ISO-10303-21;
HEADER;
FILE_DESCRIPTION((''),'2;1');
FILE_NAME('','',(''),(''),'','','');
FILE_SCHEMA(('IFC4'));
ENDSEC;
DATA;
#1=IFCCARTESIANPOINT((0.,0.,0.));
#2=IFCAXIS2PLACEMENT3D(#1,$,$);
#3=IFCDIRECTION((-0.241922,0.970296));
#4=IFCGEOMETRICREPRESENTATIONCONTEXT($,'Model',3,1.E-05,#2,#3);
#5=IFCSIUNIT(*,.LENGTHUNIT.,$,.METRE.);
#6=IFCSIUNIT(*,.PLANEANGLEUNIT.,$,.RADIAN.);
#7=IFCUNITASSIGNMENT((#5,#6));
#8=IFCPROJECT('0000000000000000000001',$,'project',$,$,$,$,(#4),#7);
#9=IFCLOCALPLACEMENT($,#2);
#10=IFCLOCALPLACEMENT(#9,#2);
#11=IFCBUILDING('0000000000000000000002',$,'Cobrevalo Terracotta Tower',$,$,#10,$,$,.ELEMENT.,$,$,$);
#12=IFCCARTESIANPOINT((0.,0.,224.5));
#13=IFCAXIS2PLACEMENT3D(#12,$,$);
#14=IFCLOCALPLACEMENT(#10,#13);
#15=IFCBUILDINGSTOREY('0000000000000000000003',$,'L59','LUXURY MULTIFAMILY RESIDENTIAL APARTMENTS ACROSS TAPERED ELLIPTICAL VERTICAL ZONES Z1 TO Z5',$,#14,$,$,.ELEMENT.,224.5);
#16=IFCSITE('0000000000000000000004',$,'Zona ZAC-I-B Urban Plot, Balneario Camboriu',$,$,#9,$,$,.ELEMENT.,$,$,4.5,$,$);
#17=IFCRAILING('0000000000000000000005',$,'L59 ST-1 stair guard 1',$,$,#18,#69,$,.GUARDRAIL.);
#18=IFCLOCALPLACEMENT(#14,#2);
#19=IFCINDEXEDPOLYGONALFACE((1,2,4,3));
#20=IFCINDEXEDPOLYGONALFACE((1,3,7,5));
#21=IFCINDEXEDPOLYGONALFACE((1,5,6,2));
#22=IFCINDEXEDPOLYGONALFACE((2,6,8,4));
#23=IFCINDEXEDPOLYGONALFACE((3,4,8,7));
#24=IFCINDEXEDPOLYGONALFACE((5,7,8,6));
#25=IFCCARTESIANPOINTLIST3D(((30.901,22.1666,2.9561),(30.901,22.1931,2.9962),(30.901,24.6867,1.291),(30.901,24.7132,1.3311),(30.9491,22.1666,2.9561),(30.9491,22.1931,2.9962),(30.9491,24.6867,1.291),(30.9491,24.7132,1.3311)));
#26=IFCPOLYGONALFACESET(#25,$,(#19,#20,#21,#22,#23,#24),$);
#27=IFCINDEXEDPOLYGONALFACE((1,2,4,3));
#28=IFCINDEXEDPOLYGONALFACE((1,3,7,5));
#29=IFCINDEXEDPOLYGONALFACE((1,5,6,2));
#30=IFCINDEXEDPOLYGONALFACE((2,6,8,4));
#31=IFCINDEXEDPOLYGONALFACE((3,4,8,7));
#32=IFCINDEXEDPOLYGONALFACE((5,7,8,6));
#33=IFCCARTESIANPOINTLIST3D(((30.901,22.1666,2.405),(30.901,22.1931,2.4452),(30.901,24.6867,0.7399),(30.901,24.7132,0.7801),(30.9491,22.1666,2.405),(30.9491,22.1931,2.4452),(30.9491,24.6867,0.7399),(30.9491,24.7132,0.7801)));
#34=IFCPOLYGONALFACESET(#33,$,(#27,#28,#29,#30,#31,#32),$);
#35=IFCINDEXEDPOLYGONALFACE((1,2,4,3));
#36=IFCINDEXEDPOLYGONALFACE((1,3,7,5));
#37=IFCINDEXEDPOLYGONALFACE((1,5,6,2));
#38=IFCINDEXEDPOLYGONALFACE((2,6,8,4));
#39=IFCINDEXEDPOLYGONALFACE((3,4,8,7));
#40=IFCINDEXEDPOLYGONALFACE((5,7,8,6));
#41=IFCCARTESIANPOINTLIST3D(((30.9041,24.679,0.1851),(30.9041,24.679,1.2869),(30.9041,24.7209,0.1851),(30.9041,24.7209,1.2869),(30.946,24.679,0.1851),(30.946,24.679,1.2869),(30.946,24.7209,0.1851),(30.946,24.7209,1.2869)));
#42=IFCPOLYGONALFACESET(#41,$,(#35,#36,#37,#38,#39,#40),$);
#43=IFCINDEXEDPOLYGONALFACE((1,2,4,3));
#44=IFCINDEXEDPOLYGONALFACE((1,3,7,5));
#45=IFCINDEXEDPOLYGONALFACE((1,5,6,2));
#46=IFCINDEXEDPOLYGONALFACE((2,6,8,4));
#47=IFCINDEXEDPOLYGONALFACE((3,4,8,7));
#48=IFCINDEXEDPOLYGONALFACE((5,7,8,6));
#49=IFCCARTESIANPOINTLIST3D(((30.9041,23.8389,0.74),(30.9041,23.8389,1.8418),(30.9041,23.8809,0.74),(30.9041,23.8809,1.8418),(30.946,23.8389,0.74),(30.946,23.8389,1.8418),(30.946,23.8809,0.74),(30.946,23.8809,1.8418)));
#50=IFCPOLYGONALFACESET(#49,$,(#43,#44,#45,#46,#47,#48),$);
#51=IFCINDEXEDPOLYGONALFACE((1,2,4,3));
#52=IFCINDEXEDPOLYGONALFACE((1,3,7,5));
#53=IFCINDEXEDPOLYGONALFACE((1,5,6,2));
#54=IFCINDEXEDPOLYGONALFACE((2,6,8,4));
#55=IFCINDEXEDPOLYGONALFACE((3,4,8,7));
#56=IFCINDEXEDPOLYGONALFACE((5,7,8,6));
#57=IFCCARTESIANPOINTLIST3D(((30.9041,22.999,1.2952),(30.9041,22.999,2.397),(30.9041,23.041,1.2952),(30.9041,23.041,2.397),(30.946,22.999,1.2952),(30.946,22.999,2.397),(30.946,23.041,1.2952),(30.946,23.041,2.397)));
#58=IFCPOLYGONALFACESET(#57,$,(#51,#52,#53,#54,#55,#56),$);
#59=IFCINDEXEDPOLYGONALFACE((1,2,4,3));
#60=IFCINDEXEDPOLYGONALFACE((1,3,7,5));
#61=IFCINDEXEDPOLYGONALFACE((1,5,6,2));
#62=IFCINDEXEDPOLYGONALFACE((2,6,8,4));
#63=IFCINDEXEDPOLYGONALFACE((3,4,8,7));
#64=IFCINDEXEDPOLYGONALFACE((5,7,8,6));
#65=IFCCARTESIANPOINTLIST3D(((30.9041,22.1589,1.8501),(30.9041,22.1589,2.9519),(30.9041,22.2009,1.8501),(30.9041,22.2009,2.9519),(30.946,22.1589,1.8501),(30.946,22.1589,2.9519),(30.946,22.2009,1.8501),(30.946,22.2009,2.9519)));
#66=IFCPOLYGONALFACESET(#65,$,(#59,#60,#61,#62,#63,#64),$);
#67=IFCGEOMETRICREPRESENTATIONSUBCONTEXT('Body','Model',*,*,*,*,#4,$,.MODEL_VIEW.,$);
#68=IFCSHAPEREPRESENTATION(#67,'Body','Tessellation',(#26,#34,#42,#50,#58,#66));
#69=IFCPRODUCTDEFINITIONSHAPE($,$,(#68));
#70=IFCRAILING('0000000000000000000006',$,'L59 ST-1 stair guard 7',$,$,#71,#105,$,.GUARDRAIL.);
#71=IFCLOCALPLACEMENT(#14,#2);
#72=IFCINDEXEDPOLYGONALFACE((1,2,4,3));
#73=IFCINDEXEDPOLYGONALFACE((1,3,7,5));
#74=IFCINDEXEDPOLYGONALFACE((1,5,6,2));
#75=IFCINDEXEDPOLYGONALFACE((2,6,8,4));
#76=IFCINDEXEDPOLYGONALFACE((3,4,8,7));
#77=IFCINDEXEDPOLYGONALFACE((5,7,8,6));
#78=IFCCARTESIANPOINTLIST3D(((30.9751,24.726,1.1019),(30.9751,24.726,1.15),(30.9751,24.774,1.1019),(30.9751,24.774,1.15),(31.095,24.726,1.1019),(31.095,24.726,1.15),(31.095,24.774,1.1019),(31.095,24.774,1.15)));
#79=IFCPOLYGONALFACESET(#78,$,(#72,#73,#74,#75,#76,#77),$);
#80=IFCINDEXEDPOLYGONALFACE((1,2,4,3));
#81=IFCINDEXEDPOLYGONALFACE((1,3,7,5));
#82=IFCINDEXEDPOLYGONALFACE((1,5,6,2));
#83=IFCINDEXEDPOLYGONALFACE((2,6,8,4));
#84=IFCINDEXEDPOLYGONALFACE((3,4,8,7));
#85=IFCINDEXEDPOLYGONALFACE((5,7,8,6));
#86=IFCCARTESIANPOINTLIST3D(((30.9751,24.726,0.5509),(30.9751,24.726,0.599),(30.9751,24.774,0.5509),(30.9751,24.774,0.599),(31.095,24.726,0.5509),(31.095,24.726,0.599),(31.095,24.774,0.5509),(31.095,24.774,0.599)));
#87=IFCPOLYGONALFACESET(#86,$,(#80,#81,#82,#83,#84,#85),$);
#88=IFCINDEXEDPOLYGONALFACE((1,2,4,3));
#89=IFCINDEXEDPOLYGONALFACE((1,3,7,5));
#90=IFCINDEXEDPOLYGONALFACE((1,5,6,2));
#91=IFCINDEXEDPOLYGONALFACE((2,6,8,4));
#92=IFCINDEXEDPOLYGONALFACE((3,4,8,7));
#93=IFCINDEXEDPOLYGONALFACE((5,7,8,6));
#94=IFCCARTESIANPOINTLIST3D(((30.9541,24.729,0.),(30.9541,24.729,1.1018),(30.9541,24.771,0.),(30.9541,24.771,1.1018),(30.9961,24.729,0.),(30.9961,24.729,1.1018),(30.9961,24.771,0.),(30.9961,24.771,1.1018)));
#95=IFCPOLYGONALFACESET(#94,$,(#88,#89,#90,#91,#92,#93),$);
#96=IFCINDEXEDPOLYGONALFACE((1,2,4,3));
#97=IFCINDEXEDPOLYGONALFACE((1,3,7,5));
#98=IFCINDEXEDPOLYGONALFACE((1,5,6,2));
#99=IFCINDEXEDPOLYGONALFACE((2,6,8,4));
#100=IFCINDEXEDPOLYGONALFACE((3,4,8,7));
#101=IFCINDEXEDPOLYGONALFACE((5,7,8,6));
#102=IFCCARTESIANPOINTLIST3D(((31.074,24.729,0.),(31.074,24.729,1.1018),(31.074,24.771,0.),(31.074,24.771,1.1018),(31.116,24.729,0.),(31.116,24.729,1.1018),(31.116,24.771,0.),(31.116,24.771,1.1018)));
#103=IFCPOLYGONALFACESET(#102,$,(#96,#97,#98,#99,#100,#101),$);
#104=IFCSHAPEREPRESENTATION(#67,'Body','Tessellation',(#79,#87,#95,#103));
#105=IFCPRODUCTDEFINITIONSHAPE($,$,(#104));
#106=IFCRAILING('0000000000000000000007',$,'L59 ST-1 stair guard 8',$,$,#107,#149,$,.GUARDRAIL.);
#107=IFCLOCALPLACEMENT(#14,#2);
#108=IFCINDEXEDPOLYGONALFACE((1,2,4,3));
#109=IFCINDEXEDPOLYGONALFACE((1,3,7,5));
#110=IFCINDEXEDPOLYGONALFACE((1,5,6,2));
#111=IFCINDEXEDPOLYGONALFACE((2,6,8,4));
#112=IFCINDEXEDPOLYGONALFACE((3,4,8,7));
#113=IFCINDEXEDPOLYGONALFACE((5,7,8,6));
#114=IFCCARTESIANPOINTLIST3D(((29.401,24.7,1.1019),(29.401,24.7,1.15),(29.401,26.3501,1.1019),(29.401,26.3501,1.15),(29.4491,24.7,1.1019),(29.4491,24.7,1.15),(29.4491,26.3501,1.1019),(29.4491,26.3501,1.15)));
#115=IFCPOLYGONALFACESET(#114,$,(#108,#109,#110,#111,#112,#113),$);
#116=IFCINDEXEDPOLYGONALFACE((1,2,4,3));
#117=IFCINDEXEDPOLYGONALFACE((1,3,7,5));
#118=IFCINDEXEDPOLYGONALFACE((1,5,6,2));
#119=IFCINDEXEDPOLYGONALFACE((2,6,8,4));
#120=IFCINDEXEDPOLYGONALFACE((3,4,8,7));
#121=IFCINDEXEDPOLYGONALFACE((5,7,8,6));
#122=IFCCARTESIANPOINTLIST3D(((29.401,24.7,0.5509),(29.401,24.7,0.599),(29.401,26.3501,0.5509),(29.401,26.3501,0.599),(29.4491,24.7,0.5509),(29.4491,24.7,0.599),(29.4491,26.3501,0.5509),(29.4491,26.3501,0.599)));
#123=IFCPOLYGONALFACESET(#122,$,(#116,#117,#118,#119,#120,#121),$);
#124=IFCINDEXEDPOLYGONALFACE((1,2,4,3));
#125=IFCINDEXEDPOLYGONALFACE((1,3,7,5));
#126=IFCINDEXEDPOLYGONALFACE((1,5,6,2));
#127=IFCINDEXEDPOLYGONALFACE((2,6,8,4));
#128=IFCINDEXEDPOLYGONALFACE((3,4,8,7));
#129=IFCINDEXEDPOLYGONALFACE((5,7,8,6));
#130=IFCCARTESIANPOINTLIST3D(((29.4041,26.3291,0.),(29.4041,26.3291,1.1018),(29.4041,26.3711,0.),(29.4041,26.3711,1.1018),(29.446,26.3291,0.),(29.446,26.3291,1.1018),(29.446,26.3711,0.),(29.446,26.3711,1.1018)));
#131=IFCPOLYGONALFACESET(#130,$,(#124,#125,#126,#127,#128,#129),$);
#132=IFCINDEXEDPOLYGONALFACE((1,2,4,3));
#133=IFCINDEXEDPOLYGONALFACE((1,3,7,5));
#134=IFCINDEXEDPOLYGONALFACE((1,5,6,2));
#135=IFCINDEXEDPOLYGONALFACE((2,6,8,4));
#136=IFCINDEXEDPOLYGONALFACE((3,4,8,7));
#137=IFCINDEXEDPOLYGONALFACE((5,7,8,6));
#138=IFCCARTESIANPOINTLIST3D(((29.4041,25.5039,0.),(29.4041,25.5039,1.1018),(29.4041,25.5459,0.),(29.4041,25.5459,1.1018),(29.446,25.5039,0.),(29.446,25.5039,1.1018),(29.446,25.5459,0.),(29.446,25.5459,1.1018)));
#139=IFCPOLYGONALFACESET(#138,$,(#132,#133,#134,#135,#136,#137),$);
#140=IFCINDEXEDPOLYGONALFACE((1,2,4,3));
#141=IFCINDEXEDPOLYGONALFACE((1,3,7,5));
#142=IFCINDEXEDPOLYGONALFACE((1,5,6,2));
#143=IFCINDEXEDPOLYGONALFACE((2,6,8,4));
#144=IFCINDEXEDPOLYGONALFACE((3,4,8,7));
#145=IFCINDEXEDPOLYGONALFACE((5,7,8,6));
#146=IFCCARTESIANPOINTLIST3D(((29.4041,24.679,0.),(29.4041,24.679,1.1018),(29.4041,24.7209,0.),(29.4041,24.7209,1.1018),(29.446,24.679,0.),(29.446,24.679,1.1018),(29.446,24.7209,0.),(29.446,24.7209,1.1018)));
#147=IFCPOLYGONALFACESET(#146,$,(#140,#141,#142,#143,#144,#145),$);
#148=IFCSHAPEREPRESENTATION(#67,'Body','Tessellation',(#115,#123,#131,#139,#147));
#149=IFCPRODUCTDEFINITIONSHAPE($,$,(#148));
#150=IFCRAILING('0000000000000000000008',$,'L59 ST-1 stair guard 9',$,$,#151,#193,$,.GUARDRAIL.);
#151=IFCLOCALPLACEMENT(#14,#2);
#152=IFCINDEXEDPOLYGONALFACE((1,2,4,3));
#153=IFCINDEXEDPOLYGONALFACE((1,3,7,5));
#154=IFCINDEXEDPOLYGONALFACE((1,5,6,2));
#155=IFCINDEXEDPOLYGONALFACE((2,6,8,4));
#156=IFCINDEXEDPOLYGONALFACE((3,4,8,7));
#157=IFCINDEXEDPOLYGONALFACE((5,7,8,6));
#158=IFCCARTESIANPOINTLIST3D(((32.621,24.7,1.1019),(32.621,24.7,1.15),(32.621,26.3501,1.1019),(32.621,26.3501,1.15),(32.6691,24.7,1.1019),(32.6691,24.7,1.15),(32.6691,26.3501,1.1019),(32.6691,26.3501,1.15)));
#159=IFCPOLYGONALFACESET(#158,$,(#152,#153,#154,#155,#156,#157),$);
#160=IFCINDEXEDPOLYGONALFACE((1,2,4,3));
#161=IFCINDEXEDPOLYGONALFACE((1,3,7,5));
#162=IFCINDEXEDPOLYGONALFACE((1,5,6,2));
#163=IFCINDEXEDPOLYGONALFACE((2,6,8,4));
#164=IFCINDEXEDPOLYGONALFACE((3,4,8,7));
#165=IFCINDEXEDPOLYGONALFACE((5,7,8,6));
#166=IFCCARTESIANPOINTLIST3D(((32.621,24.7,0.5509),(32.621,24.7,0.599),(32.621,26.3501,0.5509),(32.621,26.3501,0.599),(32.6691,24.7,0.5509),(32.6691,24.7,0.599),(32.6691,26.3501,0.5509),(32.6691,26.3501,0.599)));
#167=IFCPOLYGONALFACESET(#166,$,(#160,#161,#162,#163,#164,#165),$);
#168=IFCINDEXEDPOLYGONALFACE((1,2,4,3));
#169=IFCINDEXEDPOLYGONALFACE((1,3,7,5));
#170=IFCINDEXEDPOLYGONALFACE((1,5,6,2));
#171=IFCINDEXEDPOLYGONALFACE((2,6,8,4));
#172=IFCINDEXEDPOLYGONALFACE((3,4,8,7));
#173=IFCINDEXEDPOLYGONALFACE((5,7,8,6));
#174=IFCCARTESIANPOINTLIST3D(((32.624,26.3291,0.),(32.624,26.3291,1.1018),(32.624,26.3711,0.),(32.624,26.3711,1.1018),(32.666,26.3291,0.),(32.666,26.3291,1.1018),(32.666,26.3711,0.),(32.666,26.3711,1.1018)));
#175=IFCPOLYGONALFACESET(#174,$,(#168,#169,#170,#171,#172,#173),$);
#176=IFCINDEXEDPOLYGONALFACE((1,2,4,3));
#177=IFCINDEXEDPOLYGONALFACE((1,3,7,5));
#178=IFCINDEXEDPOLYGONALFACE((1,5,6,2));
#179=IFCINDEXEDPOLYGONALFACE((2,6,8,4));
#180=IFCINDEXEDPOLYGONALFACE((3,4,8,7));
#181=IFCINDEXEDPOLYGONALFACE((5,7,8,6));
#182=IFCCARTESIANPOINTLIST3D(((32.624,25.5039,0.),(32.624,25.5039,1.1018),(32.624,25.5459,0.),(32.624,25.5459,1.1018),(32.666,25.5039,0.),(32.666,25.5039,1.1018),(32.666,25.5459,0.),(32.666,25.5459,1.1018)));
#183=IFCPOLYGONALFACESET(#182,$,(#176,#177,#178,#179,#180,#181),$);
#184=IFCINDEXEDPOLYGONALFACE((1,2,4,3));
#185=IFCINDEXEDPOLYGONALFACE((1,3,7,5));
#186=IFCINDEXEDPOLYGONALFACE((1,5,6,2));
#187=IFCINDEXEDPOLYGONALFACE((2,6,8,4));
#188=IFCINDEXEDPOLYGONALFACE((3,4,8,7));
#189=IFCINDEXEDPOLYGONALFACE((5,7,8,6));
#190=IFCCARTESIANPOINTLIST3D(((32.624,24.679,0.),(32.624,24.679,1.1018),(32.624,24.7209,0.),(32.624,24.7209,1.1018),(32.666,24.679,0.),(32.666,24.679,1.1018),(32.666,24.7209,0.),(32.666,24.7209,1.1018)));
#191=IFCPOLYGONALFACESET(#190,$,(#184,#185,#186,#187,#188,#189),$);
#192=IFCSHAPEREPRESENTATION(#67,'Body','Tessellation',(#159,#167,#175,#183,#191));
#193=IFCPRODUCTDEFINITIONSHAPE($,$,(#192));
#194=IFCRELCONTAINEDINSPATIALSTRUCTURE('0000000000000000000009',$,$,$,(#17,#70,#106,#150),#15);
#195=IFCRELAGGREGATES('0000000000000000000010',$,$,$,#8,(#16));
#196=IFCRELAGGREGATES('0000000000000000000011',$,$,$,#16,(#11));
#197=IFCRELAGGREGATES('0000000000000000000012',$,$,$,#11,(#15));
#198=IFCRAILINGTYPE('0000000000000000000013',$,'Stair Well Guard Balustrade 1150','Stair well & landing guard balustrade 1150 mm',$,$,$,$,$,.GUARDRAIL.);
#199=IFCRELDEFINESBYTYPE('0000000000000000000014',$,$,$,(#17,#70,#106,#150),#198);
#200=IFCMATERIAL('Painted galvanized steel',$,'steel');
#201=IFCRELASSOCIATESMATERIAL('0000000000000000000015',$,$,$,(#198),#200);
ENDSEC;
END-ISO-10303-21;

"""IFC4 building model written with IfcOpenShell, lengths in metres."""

from ifc_helpers import new_model, si_unit, direction, frame, origin, origin_2d, place, context, subcontext, project, spatial, rectangle, extrude, material, type_object, element, save


model = new_model("IFC4")

# Units and contexts
model_context = context("Model", 3, precision=1e-05, world=origin(), true_north=direction((-0.241922, 0.970296)))
body_context = subcontext(model_context, "Body", "Model", "MODEL_VIEW")
ifc_project = project(units=[si_unit("LENGTHUNIT", "METRE"), si_unit("PLANEANGLEUNIT", "RADIAN")], contexts=[model_context])

# Site, building, storey
site_placement = place(None, origin())
site = spatial("IfcSite", under=ifc_project, at=site_placement, Name="Zona ZAC-I-B Urban Plot, Balneario Camboriu", CompositionType="ELEMENT", RefElevation=4.5)
building_placement = place(site_placement, origin())
building = spatial("IfcBuilding", under=site, at=building_placement, Name="Cobrevalo Terracotta Tower", CompositionType="ELEMENT")
storey_placement = place(building_placement, frame((0.0, 0.0, 224.5)))
storey = spatial("IfcBuildingStorey", under=building, at=storey_placement, Name="L59", Description="LUXURY MULTIFAMILY RESIDENTIAL APARTMENTS ACROSS TAPERED ELLIPTICAL VERTICAL ZONES Z1 TO Z5", CompositionType="ELEMENT", Elevation=224.5)

# Railings
ifc_material_1 = material(Name="Painted galvanized steel", Category="steel")
railing_type_1 = type_object("IfcRailingType", Name="Stair Well Guard Balustrade 1150", Description="Stair well & landing guard balustrade 1150 mm", PredefinedType="GUARDRAIL", material=ifc_material_1)
railing_1_placement = place(storey_placement, frame((30.925, 24.7, 0.1851)))
element("IfcRailing", 1, at=railing_1_placement, inside=storey, type_object=railing_type_1, Name="L59 ST-1 stair guard 1", PredefinedType="GUARDRAIL", context=body_context, shape_type="SweptSolid", body=[
    extrude(rectangle(XDim=0.0481, YDim=0.0481, at=origin_2d()), frame((0.0, 0.0, 1.126), z_axis=(0.0, -0.834331, 0.551263), x_axis=(1.0, 0.0, 0.0)), (0.0, 0.0, 1.0), 3.0205),
    extrude(rectangle(XDim=0.0481, YDim=0.0481, at=origin_2d()), frame((0.0, 0.0, 0.575), z_axis=(0.0, -0.834331, 0.551263), x_axis=(1.0, 0.0, 0.0)), (0.0, 0.0, 1.0), 3.0205),
    extrude(rectangle(XDim=0.042, YDim=0.042, at=origin_2d()), origin(), (0.0, 0.0, 1.0), 1.1018),
    extrude(rectangle(XDim=0.042, YDim=0.042, at=origin_2d()), frame((0.0, -0.8401, 0.5549)), (0.0, 0.0, 1.0), 1.1018),
    extrude(rectangle(XDim=0.042, YDim=0.042, at=origin_2d()), frame((0.0, -1.6799, 1.1101)), (0.0, 0.0, 1.0), 1.1018),
    extrude(rectangle(XDim=0.042, YDim=0.042, at=origin_2d()), frame((0.0, -2.52, 1.665)), (0.0, 0.0, 1.0), 1.1018),
])
railing_2_placement = place(storey_placement, frame((30.9751, 24.75, 0.0)))
element("IfcRailing", 2, at=railing_2_placement, inside=storey, type_object=railing_type_1, Name="L59 ST-1 stair guard 7", PredefinedType="GUARDRAIL", context=body_context, shape_type="SweptSolid", body=[
    extrude(rectangle(XDim=0.0481, YDim=0.0481, at=origin_2d()), frame((0.0, 0.0, 1.126), z_axis=(1.0, 0.0, 0.0), x_axis=(0.0, 1.0, 0.0)), (0.0, 0.0, 1.0), 0.1199),
    extrude(rectangle(XDim=0.0481, YDim=0.0481, at=origin_2d()), frame((0.0, 0.0, 0.575), z_axis=(1.0, 0.0, 0.0), x_axis=(0.0, 1.0, 0.0)), (0.0, 0.0, 1.0), 0.1199),
    extrude(rectangle(XDim=0.042, YDim=0.042, at=origin_2d()), origin(), (0.0, 0.0, 1.0), 1.1018),
    extrude(rectangle(XDim=0.042, YDim=0.042, at=origin_2d()), frame((0.1199, 0.0, 0.0)), (0.0, 0.0, 1.0), 1.1018),
])
for number, where, name in (
    (3, (29.425, 26.3501, 0.0), "L59 ST-1 stair guard 8"),
    (4, (32.645, 26.3501, 0.0), "L59 ST-1 stair guard 9"),
):
    element("IfcRailing", number, at=place(storey_placement, frame(where)), inside=storey, type_object=railing_type_1, Name=name, PredefinedType="GUARDRAIL", context=body_context, shape_type="SweptSolid", body=[
        extrude(rectangle(XDim=0.0481, YDim=0.0481, at=origin_2d()), frame((0.0, 0.0, 1.126), z_axis=(0.0, -1.0, 0.0), x_axis=(1.0, 0.0, 0.0)), (0.0, 0.0, 1.0), 1.6501),
        extrude(rectangle(XDim=0.0481, YDim=0.0481, at=origin_2d()), frame((0.0, 0.0, 0.575), z_axis=(0.0, -1.0, 0.0), x_axis=(1.0, 0.0, 0.0)), (0.0, 0.0, 1.0), 1.6501),
        extrude(rectangle(XDim=0.042, YDim=0.042, at=origin_2d()), origin(), (0.0, 0.0, 1.0), 1.1018),
        extrude(rectangle(XDim=0.042, YDim=0.042, at=origin_2d()), frame((0.0, -0.8252, 0.0)), (0.0, 0.0, 1.0), 1.1018),
        extrude(rectangle(XDim=0.042, YDim=0.042, at=origin_2d()), frame((0.0, -1.6501, 0.0)), (0.0, 0.0, 1.0), 1.1018),
    ])

save(model, "model.ifc")
